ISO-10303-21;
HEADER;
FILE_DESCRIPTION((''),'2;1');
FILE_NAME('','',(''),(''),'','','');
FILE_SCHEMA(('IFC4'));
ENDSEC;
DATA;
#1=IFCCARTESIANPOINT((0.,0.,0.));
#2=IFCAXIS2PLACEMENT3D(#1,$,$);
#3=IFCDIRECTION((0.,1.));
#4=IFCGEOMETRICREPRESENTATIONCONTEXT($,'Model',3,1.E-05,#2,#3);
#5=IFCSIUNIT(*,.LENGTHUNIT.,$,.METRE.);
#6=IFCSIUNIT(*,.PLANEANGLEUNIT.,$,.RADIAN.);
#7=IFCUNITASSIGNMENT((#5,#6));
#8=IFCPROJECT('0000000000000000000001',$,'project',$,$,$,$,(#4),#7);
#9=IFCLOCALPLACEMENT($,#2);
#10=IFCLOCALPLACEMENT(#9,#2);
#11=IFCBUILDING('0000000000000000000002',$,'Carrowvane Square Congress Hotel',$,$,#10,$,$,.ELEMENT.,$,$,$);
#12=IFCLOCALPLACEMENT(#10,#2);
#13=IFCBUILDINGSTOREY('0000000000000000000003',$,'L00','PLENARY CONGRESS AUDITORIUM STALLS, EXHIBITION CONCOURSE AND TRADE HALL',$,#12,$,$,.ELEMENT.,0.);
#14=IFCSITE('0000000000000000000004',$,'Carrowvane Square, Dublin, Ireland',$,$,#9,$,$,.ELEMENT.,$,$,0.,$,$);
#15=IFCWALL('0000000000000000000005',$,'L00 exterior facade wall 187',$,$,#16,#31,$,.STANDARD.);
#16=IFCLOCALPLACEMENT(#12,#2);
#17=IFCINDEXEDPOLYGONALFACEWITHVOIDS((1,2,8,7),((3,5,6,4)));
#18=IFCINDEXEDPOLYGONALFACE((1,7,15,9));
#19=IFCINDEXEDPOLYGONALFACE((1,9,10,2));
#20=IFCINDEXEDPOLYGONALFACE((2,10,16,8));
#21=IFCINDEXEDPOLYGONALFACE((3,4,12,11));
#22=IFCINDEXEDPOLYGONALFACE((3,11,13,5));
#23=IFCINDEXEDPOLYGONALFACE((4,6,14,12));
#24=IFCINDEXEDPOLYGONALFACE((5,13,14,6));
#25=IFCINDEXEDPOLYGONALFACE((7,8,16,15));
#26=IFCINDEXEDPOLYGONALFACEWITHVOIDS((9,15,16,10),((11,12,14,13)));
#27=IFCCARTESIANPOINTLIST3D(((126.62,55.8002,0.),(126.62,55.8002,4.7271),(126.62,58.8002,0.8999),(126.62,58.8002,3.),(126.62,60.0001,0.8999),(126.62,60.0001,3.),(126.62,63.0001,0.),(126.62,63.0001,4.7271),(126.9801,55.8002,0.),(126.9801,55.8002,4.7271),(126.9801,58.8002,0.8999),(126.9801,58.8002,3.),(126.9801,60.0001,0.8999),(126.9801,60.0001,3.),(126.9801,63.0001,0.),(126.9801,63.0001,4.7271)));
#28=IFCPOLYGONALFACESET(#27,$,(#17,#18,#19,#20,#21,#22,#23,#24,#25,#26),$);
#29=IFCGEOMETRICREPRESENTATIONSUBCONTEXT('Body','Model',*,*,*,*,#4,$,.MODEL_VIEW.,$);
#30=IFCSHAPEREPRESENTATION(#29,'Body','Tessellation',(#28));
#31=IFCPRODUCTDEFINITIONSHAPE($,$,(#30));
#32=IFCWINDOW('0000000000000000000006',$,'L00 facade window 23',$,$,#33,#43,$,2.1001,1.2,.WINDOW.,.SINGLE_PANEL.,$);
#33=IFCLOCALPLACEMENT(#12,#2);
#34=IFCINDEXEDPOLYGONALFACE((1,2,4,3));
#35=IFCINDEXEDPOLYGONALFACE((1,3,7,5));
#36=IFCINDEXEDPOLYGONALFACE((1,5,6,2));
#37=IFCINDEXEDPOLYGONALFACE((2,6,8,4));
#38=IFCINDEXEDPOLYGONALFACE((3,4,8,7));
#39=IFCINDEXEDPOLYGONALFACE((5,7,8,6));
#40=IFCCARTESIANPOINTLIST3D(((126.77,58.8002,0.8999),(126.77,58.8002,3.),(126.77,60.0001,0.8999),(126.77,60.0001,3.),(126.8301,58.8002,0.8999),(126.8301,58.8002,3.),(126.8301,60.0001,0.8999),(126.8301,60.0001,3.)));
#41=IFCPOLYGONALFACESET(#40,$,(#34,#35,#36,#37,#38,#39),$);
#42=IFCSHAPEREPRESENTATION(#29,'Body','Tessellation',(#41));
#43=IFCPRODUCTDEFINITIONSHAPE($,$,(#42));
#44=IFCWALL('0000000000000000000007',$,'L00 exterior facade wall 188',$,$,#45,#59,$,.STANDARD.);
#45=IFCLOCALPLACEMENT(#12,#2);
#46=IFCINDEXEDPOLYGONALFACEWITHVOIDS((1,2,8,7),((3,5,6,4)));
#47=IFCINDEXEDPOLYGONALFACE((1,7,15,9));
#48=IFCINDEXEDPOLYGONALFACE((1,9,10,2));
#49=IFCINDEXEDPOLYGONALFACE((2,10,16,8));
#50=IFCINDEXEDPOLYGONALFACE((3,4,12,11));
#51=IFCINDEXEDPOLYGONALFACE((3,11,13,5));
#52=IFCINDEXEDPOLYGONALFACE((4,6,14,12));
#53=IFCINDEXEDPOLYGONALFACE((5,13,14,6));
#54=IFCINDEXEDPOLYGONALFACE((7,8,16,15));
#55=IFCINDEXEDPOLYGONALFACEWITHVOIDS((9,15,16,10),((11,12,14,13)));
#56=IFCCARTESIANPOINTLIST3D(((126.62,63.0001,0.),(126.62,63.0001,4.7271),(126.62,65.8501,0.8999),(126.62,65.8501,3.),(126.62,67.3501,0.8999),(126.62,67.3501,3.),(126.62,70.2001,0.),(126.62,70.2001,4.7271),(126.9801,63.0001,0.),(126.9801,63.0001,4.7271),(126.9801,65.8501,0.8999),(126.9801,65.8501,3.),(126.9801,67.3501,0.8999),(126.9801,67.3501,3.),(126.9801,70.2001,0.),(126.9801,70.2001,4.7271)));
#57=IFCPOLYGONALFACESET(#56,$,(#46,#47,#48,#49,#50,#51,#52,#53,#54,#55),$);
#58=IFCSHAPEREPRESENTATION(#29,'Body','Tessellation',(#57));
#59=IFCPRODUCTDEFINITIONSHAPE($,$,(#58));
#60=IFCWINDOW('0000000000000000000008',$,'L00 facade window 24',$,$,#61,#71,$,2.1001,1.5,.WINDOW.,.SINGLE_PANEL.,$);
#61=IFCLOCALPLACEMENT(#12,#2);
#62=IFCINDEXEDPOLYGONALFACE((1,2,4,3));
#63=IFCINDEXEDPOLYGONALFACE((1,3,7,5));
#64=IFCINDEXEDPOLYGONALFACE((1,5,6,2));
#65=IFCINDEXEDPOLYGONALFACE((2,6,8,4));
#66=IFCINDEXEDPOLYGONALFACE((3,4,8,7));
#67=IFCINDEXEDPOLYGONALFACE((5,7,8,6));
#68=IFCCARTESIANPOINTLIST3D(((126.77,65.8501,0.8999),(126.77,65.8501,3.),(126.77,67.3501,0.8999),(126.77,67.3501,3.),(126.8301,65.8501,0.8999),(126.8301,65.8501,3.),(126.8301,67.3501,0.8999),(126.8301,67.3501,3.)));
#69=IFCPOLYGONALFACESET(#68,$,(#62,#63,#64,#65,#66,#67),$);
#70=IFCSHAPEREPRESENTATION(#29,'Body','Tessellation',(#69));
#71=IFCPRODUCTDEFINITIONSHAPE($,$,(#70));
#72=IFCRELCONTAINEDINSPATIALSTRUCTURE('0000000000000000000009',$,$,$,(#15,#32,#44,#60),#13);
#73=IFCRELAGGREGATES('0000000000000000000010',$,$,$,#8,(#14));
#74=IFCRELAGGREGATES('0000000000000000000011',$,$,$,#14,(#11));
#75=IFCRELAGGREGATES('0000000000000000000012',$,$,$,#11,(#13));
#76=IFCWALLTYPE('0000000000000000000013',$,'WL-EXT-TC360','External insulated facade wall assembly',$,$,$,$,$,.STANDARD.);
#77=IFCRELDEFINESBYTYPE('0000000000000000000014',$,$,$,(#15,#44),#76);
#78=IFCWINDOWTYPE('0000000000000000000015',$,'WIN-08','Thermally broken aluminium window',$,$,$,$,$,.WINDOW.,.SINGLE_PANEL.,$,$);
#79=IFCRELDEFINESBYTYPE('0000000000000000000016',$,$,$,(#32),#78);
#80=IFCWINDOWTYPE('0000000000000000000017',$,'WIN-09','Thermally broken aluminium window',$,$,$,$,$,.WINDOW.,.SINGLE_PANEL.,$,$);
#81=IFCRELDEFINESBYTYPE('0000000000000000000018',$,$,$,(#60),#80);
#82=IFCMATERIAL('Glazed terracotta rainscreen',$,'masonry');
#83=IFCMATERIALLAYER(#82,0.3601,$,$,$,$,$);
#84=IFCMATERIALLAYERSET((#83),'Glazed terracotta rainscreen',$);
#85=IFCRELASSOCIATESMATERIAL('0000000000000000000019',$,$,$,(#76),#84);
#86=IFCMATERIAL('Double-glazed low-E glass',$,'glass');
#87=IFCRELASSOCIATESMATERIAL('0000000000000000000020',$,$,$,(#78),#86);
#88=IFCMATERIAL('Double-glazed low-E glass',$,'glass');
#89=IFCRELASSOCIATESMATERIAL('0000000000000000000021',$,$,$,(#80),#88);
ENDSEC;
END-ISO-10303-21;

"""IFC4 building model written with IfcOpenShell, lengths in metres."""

from ifc_helpers import new_model, si_unit, direction, frame, frame_2d, origin, place, context, subcontext, project, spatial, rectangle, extrude, material, layer, layer_set, type_object, element, fill, save


model = new_model("IFC4")

# Units and contexts
model_context = context("Model", 3, precision=1e-05, world=origin(), true_north=direction((0.0, 1.0)))
body_context = subcontext(model_context, "Body", "Model", "MODEL_VIEW")
ifc_project = project(units=[si_unit("LENGTHUNIT", "METRE"), si_unit("PLANEANGLEUNIT", "RADIAN")], contexts=[model_context])

# Site, building, storey
site_placement = place(None, origin())
site = spatial("IfcSite", under=ifc_project, at=site_placement, Name="Carrowvane Square, Dublin, Ireland", CompositionType="ELEMENT", RefElevation=0.0)
building_placement = place(site_placement, origin())
building = spatial("IfcBuilding", under=site, at=building_placement, Name="Carrowvane Square Congress Hotel", CompositionType="ELEMENT")
storey_placement = place(building_placement, origin())
storey = spatial("IfcBuildingStorey", under=building, at=storey_placement, Name="L00", Description="PLENARY CONGRESS AUDITORIUM STALLS, EXHIBITION CONCOURSE AND TRADE HALL", CompositionType="ELEMENT", Elevation=0.0)

# Walls, openings, windows
ifc_material_1 = material(Name="Glazed terracotta rainscreen", Category="masonry")
ifc_layer_1 = layer(ifc_material_1, 0.3601)
ifc_layer_set_1 = layer_set([ifc_layer_1], Name="Glazed terracotta rainscreen")
wall_type = type_object("IfcWallType", Name="WL-EXT-TC360", Description="External insulated facade wall assembly", PredefinedType="STANDARD", material=ifc_layer_set_1)
wall_1_placement = place(storey_placement, frame((126.8, 55.8, 0.0), z_axis=(0.0, 0.0, 1.0), x_axis=(0.0, 1.0, 0.0)))
wall_1 = element("IfcWall", 1, at=wall_1_placement, inside=storey, type_object=wall_type, Name="L00 exterior facade wall 187", PredefinedType="STANDARD", context=body_context, shape_type="SweptSolid", body=[
    extrude(rectangle(XDim=7.2, YDim=0.3601, at=frame_2d((3.6001, 0.0))), origin(), (0.0, 0.0, 1.0), 4.7271),
])
opening_1_placement = place(wall_1_placement, frame((3.0, 0.0, 0.8999)))
opening_1 = element("IfcOpeningElement", 2, at=opening_1_placement, cuts=wall_1, PredefinedType="OPENING", context=body_context, shape_type="SweptSolid", body=[
    extrude(rectangle(XDim=1.2, YDim=2.1001, at=frame_2d((0.6001, 1.05))), frame((0.0, 0.1899, 0.0), z_axis=(0.0, -1.0, 0.0), x_axis=(1.0, 0.0, 0.0)), (0.0, 0.0, 1.0), 0.3801),
])
ifc_material_2 = material(Name="Double-glazed low-E glass", Category="glass")
window_type_1 = type_object("IfcWindowType", Name="WIN-08", Description="Thermally broken aluminium window", PartitioningType="SINGLE_PANEL", PredefinedType="WINDOW", material=ifc_material_2)
window_1_placement = place(opening_1_placement, origin())
window_1 = element("IfcWindow", 3, at=window_1_placement, inside=storey, type_object=window_type_1, Name="L00 facade window 23", OverallHeight=2.1001, OverallWidth=1.2, PartitioningType="SINGLE_PANEL", PredefinedType="WINDOW", context=body_context, shape_type="SweptSolid", body=[
    extrude(rectangle(XDim=1.2, YDim=2.1001, at=frame_2d((0.6001, 1.05))), frame((0.0, 0.03, 0.0), z_axis=(0.0, -1.0, 0.0), x_axis=(1.0, 0.0, 0.0)), (0.0, 0.0, 1.0), 0.0601),
])
fill(opening_1, window_1)
wall_2_placement = place(storey_placement, frame((126.8, 63.0, 0.0), z_axis=(0.0, 0.0, 1.0), x_axis=(0.0, 1.0, 0.0)))
wall_2 = element("IfcWall", 4, at=wall_2_placement, inside=storey, type_object=wall_type, Name="L00 exterior facade wall 188", PredefinedType="STANDARD", context=body_context, shape_type="SweptSolid", body=[
    extrude(rectangle(XDim=7.2, YDim=0.3601, at=frame_2d((3.6001, 0.0))), origin(), (0.0, 0.0, 1.0), 4.7271),
])
opening_2_placement = place(wall_2_placement, frame((2.8501, 0.0, 0.8999)))
opening_2 = element("IfcOpeningElement", 5, at=opening_2_placement, cuts=wall_2, PredefinedType="OPENING", context=body_context, shape_type="SweptSolid", body=[
    extrude(rectangle(XDim=1.5, YDim=2.1001, at=frame_2d((0.75, 1.05))), frame((0.0, 0.1899, 0.0), z_axis=(0.0, -1.0, 0.0), x_axis=(1.0, 0.0, 0.0)), (0.0, 0.0, 1.0), 0.3801),
])
ifc_material_3 = material(Name="Double-glazed low-E glass", Category="glass")
window_type_2 = type_object("IfcWindowType", Name="WIN-09", Description="Thermally broken aluminium window", PartitioningType="SINGLE_PANEL", PredefinedType="WINDOW", material=ifc_material_3)
window_2_placement = place(opening_2_placement, origin())
window_2 = element("IfcWindow", 6, at=window_2_placement, inside=storey, type_object=window_type_2, Name="L00 facade window 24", OverallHeight=2.1001, OverallWidth=1.5, PartitioningType="SINGLE_PANEL", PredefinedType="WINDOW", context=body_context, shape_type="SweptSolid", body=[
    extrude(rectangle(XDim=1.5, YDim=2.1001, at=frame_2d((0.75, 1.05))), frame((0.0, 0.03, 0.0), z_axis=(0.0, -1.0, 0.0), x_axis=(1.0, 0.0, 0.0)), (0.0, 0.0, 1.0), 0.0601),
])
fill(opening_2, window_2)

save(model, "model.ifc")
